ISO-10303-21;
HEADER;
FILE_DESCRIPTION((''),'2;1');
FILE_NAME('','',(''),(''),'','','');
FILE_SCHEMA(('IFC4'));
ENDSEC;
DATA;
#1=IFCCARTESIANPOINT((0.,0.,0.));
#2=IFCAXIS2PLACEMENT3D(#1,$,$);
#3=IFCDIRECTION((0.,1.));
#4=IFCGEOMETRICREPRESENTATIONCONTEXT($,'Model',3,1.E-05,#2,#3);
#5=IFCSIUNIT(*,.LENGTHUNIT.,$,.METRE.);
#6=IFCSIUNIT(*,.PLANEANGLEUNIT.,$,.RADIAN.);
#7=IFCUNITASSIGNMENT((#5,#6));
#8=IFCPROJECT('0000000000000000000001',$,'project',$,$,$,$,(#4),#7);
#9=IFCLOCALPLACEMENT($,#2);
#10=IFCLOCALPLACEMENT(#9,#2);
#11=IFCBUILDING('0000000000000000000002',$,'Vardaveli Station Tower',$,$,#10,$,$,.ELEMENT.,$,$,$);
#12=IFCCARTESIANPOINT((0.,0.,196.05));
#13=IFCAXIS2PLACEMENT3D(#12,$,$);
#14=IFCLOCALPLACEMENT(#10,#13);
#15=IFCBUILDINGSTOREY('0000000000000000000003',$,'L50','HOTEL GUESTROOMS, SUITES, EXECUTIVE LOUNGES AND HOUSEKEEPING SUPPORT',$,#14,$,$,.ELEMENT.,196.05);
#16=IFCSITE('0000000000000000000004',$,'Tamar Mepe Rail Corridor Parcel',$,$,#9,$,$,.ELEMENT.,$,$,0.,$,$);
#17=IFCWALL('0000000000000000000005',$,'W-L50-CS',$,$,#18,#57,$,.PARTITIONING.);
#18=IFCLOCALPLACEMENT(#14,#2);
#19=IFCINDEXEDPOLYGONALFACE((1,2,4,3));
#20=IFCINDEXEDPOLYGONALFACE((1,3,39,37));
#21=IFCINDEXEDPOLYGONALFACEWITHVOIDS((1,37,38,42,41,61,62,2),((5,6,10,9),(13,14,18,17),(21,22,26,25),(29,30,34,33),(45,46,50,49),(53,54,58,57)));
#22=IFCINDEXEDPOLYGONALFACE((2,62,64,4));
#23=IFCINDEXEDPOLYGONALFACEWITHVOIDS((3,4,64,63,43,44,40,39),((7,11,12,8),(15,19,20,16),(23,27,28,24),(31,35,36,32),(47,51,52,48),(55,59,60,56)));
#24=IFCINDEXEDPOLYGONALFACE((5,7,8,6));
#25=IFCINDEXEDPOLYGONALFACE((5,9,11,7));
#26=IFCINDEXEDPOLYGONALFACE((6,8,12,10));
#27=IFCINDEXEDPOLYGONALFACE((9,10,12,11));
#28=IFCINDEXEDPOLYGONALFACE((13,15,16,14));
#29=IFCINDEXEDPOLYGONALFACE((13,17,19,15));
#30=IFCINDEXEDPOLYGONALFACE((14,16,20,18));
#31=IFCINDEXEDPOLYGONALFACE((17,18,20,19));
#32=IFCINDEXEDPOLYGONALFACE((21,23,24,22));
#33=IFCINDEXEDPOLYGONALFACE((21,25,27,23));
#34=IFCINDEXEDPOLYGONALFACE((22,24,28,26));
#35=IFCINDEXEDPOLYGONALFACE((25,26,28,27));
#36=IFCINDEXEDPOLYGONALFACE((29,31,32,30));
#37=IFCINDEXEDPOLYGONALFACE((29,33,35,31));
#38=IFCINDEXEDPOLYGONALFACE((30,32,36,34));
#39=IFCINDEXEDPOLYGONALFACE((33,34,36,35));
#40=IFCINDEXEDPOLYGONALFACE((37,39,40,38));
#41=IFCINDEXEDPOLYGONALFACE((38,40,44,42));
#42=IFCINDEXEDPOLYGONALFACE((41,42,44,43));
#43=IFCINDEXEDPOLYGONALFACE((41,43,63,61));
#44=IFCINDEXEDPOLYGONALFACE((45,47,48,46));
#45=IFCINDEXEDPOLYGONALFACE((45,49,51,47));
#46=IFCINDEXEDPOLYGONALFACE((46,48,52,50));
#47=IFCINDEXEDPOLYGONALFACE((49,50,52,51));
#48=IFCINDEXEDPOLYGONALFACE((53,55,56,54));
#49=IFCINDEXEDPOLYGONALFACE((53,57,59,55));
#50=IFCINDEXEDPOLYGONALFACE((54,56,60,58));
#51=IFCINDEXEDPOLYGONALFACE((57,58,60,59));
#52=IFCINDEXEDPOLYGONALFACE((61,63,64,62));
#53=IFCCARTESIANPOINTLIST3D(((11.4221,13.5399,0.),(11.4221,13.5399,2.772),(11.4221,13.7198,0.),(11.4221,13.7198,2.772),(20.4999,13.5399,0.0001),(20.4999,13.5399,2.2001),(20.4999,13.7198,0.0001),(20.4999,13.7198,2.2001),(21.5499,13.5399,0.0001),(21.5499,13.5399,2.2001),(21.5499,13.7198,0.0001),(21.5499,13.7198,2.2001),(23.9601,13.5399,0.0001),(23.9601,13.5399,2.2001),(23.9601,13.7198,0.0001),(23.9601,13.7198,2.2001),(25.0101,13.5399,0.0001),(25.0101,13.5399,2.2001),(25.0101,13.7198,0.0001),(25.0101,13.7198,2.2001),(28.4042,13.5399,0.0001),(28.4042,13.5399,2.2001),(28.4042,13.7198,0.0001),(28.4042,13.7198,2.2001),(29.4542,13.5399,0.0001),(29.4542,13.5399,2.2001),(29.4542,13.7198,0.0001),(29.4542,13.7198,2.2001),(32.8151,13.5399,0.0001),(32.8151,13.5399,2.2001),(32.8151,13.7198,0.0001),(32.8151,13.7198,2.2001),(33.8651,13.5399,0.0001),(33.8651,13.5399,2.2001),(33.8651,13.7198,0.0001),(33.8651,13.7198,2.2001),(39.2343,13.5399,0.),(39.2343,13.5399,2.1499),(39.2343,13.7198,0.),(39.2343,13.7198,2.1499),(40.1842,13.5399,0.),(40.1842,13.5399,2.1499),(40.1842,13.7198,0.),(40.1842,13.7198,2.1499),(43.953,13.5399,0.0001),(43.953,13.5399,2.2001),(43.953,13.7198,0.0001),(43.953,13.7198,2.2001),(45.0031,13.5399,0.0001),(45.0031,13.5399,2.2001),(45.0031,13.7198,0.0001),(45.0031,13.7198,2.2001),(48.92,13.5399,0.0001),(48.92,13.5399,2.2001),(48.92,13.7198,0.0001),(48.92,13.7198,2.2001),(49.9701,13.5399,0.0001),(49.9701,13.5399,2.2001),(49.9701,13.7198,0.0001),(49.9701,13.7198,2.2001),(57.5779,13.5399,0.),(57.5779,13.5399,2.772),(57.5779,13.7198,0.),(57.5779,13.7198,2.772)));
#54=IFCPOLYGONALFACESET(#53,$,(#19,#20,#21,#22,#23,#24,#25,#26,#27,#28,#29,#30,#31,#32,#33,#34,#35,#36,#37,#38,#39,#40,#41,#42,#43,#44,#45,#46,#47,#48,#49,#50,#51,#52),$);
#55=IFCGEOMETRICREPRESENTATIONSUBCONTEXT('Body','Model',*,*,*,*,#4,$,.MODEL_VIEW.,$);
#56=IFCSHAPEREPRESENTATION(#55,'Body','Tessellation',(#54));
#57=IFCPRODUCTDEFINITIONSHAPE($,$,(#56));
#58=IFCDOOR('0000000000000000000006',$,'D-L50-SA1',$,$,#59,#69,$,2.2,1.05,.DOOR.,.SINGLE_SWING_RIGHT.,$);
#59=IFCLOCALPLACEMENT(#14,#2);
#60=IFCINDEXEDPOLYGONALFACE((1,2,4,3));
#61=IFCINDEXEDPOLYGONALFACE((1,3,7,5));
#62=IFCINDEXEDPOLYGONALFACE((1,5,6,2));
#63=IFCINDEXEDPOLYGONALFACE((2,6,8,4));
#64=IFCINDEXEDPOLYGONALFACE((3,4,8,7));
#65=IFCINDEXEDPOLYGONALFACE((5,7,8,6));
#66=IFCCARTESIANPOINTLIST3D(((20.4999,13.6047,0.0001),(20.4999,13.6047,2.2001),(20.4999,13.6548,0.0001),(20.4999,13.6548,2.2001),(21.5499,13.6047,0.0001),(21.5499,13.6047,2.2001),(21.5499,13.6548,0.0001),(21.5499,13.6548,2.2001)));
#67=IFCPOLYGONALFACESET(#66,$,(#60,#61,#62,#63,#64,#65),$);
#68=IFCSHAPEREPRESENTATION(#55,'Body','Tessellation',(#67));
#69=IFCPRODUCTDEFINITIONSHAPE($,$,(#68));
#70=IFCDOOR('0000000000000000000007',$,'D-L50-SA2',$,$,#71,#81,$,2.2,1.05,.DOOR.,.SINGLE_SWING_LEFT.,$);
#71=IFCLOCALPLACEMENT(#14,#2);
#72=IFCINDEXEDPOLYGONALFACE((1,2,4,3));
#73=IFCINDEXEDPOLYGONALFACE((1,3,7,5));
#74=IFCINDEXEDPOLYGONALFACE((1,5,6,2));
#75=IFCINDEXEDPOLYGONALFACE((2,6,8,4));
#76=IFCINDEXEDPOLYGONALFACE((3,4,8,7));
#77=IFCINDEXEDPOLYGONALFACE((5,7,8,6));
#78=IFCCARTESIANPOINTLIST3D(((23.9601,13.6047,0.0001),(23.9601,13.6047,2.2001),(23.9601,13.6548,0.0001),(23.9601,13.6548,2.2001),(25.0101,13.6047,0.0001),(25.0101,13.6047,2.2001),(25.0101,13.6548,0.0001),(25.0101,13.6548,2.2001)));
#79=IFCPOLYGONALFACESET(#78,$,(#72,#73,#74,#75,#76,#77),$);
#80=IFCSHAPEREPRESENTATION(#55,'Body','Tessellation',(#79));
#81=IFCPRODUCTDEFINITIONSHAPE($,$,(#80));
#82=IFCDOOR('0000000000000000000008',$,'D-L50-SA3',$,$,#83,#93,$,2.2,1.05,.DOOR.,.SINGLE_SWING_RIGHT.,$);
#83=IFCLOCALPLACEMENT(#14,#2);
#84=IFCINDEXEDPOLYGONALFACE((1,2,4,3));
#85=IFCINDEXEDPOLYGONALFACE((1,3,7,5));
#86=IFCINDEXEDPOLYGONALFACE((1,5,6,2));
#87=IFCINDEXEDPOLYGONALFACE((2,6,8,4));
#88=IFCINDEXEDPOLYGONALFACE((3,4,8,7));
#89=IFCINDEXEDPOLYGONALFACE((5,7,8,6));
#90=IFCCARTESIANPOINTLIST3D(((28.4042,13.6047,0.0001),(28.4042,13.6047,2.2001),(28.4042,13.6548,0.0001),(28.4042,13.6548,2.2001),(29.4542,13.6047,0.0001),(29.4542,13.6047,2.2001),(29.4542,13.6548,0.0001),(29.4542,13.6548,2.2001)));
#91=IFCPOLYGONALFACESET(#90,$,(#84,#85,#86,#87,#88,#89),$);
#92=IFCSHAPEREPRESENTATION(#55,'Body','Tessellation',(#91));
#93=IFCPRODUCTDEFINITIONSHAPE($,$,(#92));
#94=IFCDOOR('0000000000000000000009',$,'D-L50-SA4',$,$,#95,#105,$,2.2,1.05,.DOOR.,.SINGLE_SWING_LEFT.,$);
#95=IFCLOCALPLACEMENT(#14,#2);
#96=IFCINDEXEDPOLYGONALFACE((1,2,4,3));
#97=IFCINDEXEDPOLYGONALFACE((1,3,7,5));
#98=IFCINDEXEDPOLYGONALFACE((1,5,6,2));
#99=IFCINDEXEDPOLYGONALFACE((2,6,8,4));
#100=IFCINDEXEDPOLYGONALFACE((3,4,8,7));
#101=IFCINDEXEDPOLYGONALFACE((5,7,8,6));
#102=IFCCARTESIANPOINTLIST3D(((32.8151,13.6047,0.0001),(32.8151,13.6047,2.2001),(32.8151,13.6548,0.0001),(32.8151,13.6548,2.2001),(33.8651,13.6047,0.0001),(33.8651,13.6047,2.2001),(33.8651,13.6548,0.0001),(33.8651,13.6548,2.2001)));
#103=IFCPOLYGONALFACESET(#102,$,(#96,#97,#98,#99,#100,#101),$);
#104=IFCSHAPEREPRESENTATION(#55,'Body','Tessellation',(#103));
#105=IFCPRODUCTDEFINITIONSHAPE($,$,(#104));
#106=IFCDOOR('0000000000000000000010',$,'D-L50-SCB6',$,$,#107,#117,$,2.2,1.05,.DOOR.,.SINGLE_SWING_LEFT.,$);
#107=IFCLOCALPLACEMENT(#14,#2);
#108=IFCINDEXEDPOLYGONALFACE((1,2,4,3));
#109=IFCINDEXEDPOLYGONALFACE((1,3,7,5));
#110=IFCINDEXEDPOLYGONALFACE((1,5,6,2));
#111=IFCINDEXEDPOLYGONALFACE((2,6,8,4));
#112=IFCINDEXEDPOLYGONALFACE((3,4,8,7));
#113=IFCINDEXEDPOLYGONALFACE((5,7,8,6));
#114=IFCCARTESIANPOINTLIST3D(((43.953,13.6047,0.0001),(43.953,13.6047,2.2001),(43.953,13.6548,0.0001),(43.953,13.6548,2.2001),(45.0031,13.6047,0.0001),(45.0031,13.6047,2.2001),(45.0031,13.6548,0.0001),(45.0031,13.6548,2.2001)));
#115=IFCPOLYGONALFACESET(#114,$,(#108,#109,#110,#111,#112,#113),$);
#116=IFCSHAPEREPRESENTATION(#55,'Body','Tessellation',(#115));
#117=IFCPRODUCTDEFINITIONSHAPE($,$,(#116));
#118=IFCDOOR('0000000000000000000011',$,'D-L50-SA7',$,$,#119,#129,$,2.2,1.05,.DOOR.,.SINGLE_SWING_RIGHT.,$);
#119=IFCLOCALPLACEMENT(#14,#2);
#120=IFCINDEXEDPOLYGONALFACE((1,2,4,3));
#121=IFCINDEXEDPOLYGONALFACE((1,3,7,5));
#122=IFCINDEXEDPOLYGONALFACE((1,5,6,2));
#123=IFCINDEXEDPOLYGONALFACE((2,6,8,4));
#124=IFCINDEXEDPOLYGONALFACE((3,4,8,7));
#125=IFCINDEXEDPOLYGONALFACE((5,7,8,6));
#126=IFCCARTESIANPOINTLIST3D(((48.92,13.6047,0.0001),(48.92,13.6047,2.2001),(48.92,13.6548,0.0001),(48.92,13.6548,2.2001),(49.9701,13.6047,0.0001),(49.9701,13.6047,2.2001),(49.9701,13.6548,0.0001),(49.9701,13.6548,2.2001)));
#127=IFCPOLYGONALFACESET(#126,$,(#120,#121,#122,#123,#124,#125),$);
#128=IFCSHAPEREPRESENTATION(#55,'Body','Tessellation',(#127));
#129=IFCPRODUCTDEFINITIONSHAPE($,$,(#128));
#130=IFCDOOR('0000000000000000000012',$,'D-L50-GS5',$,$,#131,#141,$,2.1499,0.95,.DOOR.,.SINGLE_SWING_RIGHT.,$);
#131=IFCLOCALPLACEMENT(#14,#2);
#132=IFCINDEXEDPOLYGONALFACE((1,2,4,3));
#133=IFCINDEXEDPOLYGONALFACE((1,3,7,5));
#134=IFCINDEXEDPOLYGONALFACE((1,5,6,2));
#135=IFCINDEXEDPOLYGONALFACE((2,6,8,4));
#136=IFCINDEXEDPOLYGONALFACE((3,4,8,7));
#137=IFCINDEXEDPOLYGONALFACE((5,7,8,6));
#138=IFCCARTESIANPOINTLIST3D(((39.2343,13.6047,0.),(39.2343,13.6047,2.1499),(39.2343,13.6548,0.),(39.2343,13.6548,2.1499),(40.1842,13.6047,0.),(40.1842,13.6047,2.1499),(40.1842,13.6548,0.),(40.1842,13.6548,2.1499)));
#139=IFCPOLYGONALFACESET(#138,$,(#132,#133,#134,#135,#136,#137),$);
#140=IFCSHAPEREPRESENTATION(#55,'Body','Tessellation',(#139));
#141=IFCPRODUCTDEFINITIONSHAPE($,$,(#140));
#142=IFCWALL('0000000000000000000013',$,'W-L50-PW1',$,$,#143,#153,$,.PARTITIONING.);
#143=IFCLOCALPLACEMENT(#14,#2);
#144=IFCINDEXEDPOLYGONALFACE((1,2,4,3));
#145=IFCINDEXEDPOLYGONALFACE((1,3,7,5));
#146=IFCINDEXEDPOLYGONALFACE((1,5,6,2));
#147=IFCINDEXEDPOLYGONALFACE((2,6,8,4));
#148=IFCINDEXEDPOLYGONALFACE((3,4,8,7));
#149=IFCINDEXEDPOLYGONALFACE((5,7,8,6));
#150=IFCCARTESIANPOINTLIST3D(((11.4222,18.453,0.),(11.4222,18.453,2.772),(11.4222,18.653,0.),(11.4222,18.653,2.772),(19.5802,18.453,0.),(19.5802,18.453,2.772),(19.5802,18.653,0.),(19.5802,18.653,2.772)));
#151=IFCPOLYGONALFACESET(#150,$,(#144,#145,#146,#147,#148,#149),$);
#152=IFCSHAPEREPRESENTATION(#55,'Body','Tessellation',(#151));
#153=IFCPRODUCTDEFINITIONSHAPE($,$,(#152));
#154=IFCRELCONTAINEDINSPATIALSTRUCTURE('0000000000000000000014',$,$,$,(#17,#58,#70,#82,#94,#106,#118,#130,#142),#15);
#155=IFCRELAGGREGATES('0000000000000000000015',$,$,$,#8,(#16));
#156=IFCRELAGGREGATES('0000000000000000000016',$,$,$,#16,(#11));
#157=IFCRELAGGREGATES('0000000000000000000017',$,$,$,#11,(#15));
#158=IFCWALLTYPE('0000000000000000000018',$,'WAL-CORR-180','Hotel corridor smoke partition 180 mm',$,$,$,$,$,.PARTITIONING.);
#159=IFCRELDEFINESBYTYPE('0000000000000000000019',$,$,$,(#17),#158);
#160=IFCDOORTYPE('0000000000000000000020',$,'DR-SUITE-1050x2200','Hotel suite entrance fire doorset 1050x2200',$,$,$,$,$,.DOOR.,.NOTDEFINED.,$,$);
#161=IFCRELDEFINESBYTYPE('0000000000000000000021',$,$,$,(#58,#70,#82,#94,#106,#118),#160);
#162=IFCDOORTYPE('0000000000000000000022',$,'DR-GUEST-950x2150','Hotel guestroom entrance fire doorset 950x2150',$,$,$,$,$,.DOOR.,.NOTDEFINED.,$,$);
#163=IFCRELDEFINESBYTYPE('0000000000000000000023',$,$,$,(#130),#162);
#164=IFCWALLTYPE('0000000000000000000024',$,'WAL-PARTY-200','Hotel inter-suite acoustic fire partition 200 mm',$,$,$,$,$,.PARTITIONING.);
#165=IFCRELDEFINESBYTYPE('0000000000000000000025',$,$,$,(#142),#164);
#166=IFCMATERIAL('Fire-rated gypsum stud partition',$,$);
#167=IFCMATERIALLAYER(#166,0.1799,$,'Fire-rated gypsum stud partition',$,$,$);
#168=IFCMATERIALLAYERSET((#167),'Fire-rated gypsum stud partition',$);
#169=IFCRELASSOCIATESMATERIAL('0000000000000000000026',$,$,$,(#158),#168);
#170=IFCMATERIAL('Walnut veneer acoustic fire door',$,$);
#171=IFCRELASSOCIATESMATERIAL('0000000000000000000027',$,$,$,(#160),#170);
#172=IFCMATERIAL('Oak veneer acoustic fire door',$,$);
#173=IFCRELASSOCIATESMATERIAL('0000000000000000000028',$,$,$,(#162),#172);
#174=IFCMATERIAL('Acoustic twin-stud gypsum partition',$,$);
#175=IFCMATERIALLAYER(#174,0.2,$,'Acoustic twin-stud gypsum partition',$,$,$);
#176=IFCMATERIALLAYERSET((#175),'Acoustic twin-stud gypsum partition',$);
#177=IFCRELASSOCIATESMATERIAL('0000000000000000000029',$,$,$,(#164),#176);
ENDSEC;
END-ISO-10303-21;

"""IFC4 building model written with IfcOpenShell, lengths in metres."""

from ifc_helpers import new_model, si_unit, direction, frame, frame_2d, origin, place, context, subcontext, project, spatial, rectangle, extrude, source, transform, mapped, material, layer, layer_set, type_object, element, fill, save


model = new_model("IFC4")

# Units and contexts
model_context = context("Model", 3, precision=1e-05, world=origin(), true_north=direction((0.0, 1.0)))
body_context = subcontext(model_context, "Body", "Model", "MODEL_VIEW")
ifc_project = project(units=[si_unit("LENGTHUNIT", "METRE"), si_unit("PLANEANGLEUNIT", "RADIAN")], contexts=[model_context])

# Site, building, storey
site_placement = place(None, origin())
site = spatial("IfcSite", under=ifc_project, at=site_placement, Name="Tamar Mepe Rail Corridor Parcel", CompositionType="ELEMENT", RefElevation=0.0)
building_placement = place(site_placement, origin())
building = spatial("IfcBuilding", under=site, at=building_placement, Name="Vardaveli Station Tower", CompositionType="ELEMENT")
storey_placement = place(building_placement, frame((0.0, 0.0, 196.05)))
storey = spatial("IfcBuildingStorey", under=building, at=storey_placement, Name="L50", Description="HOTEL GUESTROOMS, SUITES, EXECUTIVE LOUNGES AND HOUSEKEEPING SUPPORT", CompositionType="ELEMENT", Elevation=196.05)

# Wall, openings, doors
ifc_material_1 = material(Name="Fire-rated gypsum stud partition")
ifc_layer_1 = layer(ifc_material_1, 0.1799, Name="Fire-rated gypsum stud partition")
ifc_layer_set_1 = layer_set([ifc_layer_1], Name="Fire-rated gypsum stud partition")
wall_type_1 = type_object("IfcWallType", Name="WAL-CORR-180", Description="Hotel corridor smoke partition 180 mm", PredefinedType="PARTITIONING", material=ifc_layer_set_1)
shared_shape_1 = source(origin(), body_context, "Body", "SweptSolid", [
    extrude(rectangle(XDim=46.1558, YDim=0.1799, at=frame_2d((23.0779, 0.0))), origin(), (0.0, 0.0, 1.0), 2.772),
])
wall_1_placement = place(storey_placement, frame((11.4221, 13.6299, 0.0), z_axis=(0.0, 0.0, 1.0), x_axis=(1.0, 0.0, 0.0)))
wall_1 = element("IfcWall", 1, at=wall_1_placement, inside=storey, type_object=wall_type_1, Name="W-L50-CS", PredefinedType="PARTITIONING", context=body_context, shape_type="MappedRepresentation", body=[
    mapped(shared_shape_1, transform((0.0, 0.0, 0.0), scale=1.0)),
])
shared_shape_2 = source(origin(), body_context, "Body", "SweptSolid", [
    extrude(rectangle(XDim=1.05, YDim=2.2, at=frame_2d((0.5249, 1.1001))), frame((0.0, 0.1001, 0.0), z_axis=(0.0, -1.0, 0.0), x_axis=(1.0, 0.0, 0.0)), (0.0, 0.0, 1.0), 0.2),
])
opening_1_placement = place(wall_1_placement, frame((9.0779, 0.0, 0.0)))
opening_1 = element("IfcOpeningElement", 2, at=opening_1_placement, cuts=wall_1, PredefinedType="OPENING", context=body_context, shape_type="MappedRepresentation", body=[
    mapped(shared_shape_2, transform((0.0, 0.0, 0.0), scale=1.0)),
])
opening_2_placement = place(wall_1_placement, frame((12.5381, 0.0, 0.0)))
opening_2 = element("IfcOpeningElement", 3, at=opening_2_placement, cuts=wall_1, PredefinedType="OPENING", context=body_context, shape_type="MappedRepresentation", body=[
    mapped(shared_shape_2, transform((0.0, 0.0, 0.0), scale=1.0)),
])
opening_3_placement = place(wall_1_placement, frame((16.9822, 0.0, 0.0)))
opening_3 = element("IfcOpeningElement", 4, at=opening_3_placement, cuts=wall_1, PredefinedType="OPENING", context=body_context, shape_type="MappedRepresentation", body=[
    mapped(shared_shape_2, transform((0.0, 0.0, 0.0), scale=1.0)),
])
opening_4_placement = place(wall_1_placement, frame((21.3931, 0.0, 0.0)))
opening_4 = element("IfcOpeningElement", 5, at=opening_4_placement, cuts=wall_1, PredefinedType="OPENING", context=body_context, shape_type="MappedRepresentation", body=[
    mapped(shared_shape_2, transform((0.0, 0.0, 0.0), scale=1.0)),
])
shared_shape_3 = source(origin(), body_context, "Body", "SweptSolid", [
    extrude(rectangle(XDim=0.95, YDim=2.1499, at=frame_2d((0.4751, 1.075))), frame((0.0, 0.1001, 0.0), z_axis=(0.0, -1.0, 0.0), x_axis=(1.0, 0.0, 0.0)), (0.0, 0.0, 1.0), 0.2),
])
opening_5_placement = place(wall_1_placement, frame((27.812, 0.0, 0.0)))
opening_5 = element("IfcOpeningElement", 6, at=opening_5_placement, cuts=wall_1, PredefinedType="OPENING", context=body_context, shape_type="MappedRepresentation", body=[
    mapped(shared_shape_3, transform((0.0, 0.0, 0.0), scale=1.0)),
])
opening_6_placement = place(wall_1_placement, frame((32.531, 0.0, 0.0)))
opening_6 = element("IfcOpeningElement", 7, at=opening_6_placement, cuts=wall_1, PredefinedType="OPENING", context=body_context, shape_type="MappedRepresentation", body=[
    mapped(shared_shape_2, transform((0.0, 0.0, 0.0), scale=1.0)),
])
opening_7_placement = place(wall_1_placement, frame((37.498, 0.0, 0.0)))
opening_7 = element("IfcOpeningElement", 8, at=opening_7_placement, cuts=wall_1, PredefinedType="OPENING", context=body_context, shape_type="MappedRepresentation", body=[
    mapped(shared_shape_2, transform((0.0, 0.0, 0.0), scale=1.0)),
])
ifc_material_2 = material(Name="Walnut veneer acoustic fire door")
door_type_1 = type_object("IfcDoorType", Name="DR-SUITE-1050x2200", Description="Hotel suite entrance fire doorset 1050x2200", OperationType="NOTDEFINED", PredefinedType="DOOR", material=ifc_material_2)
shared_shape_4 = source(origin(), body_context, "Body", "SweptSolid", [
    extrude(rectangle(XDim=1.05, YDim=2.2, at=frame_2d((0.5249, 1.1001))), frame((0.0, 0.0249, 0.0), z_axis=(0.0, -1.0, 0.0), x_axis=(1.0, 0.0, 0.0)), (0.0, 0.0, 1.0), 0.05),
])
door_1_placement = place(opening_1_placement, origin())
door_1 = element("IfcDoor", 9, at=door_1_placement, inside=storey, type_object=door_type_1, Name="D-L50-SA1", OperationType="SINGLE_SWING_RIGHT", OverallHeight=2.2, OverallWidth=1.05, PredefinedType="DOOR", context=body_context, shape_type="MappedRepresentation", body=[
    mapped(shared_shape_4, transform((0.0, 0.0, 0.0), scale=1.0)),
])
fill(opening_1, door_1)
door_2_placement = place(opening_2_placement, origin())
door_2 = element("IfcDoor", 10, at=door_2_placement, inside=storey, type_object=door_type_1, Name="D-L50-SA2", OperationType="SINGLE_SWING_LEFT", OverallHeight=2.2, OverallWidth=1.05, PredefinedType="DOOR", context=body_context, shape_type="MappedRepresentation", body=[
    mapped(shared_shape_4, transform((0.0, 0.0, 0.0), scale=1.0)),
])
fill(opening_2, door_2)
door_3_placement = place(opening_3_placement, origin())
door_3 = element("IfcDoor", 11, at=door_3_placement, inside=storey, type_object=door_type_1, Name="D-L50-SA3", OperationType="SINGLE_SWING_RIGHT", OverallHeight=2.2, OverallWidth=1.05, PredefinedType="DOOR", context=body_context, shape_type="MappedRepresentation", body=[
    mapped(shared_shape_4, transform((0.0, 0.0, 0.0), scale=1.0)),
])
fill(opening_3, door_3)
door_4_placement = place(opening_4_placement, origin())
door_4 = element("IfcDoor", 12, at=door_4_placement, inside=storey, type_object=door_type_1, Name="D-L50-SA4", OperationType="SINGLE_SWING_LEFT", OverallHeight=2.2, OverallWidth=1.05, PredefinedType="DOOR", context=body_context, shape_type="MappedRepresentation", body=[
    mapped(shared_shape_4, transform((0.0, 0.0, 0.0), scale=1.0)),
])
fill(opening_4, door_4)
door_5_placement = place(opening_6_placement, origin())
door_5 = element("IfcDoor", 13, at=door_5_placement, inside=storey, type_object=door_type_1, Name="D-L50-SCB6", OperationType="SINGLE_SWING_LEFT", OverallHeight=2.2, OverallWidth=1.05, PredefinedType="DOOR", context=body_context, shape_type="MappedRepresentation", body=[
    mapped(shared_shape_4, transform((0.0, 0.0, 0.0), scale=1.0)),
])
fill(opening_6, door_5)
door_6_placement = place(opening_7_placement, origin())
door_6 = element("IfcDoor", 14, at=door_6_placement, inside=storey, type_object=door_type_1, Name="D-L50-SA7", OperationType="SINGLE_SWING_RIGHT", OverallHeight=2.2, OverallWidth=1.05, PredefinedType="DOOR", context=body_context, shape_type="MappedRepresentation", body=[
    mapped(shared_shape_4, transform((0.0, 0.0, 0.0), scale=1.0)),
])
fill(opening_7, door_6)
ifc_material_3 = material(Name="Oak veneer acoustic fire door")
door_type_2 = type_object("IfcDoorType", Name="DR-GUEST-950x2150", Description="Hotel guestroom entrance fire doorset 950x2150", OperationType="NOTDEFINED", PredefinedType="DOOR", material=ifc_material_3)
shared_shape_5 = source(origin(), body_context, "Body", "SweptSolid", [
    extrude(rectangle(XDim=0.95, YDim=2.1499, at=frame_2d((0.4751, 1.075))), frame((0.0, 0.0249, 0.0), z_axis=(0.0, -1.0, 0.0), x_axis=(1.0, 0.0, 0.0)), (0.0, 0.0, 1.0), 0.05),
])
door_7_placement = place(opening_5_placement, origin())
door_7 = element("IfcDoor", 15, at=door_7_placement, inside=storey, type_object=door_type_2, Name="D-L50-GS5", OperationType="SINGLE_SWING_RIGHT", OverallHeight=2.1499, OverallWidth=0.95, PredefinedType="DOOR", context=body_context, shape_type="MappedRepresentation", body=[
    mapped(shared_shape_5, transform((0.0, 0.0, 0.0), scale=1.0)),
])
fill(opening_5, door_7)

# Wall
ifc_material_4 = material(Name="Acoustic twin-stud gypsum partition")
ifc_layer_2 = layer(ifc_material_4, 0.2, Name="Acoustic twin-stud gypsum partition")
ifc_layer_set_2 = layer_set([ifc_layer_2], Name="Acoustic twin-stud gypsum partition")
wall_type_2 = type_object("IfcWallType", Name="WAL-PARTY-200", Description="Hotel inter-suite acoustic fire partition 200 mm", PredefinedType="PARTITIONING", material=ifc_layer_set_2)
shared_shape_6 = source(origin(), body_context, "Body", "SweptSolid", [
    extrude(rectangle(XDim=8.158, YDim=0.2, at=frame_2d((4.0791, 0.0))), origin(), (0.0, 0.0, 1.0), 2.772),
])
wall_2_placement = place(storey_placement, frame((11.4221, 18.553, 0.0), z_axis=(0.0, 0.0, 1.0), x_axis=(1.0, 0.0, 0.0)))
element("IfcWall", 16, at=wall_2_placement, inside=storey, type_object=wall_type_2, Name="W-L50-PW1", PredefinedType="PARTITIONING", context=body_context, shape_type="MappedRepresentation", body=[
    mapped(shared_shape_6, transform((0.0, 0.0, 0.0), scale=1.0)),
])

save(model, "model.ifc")
